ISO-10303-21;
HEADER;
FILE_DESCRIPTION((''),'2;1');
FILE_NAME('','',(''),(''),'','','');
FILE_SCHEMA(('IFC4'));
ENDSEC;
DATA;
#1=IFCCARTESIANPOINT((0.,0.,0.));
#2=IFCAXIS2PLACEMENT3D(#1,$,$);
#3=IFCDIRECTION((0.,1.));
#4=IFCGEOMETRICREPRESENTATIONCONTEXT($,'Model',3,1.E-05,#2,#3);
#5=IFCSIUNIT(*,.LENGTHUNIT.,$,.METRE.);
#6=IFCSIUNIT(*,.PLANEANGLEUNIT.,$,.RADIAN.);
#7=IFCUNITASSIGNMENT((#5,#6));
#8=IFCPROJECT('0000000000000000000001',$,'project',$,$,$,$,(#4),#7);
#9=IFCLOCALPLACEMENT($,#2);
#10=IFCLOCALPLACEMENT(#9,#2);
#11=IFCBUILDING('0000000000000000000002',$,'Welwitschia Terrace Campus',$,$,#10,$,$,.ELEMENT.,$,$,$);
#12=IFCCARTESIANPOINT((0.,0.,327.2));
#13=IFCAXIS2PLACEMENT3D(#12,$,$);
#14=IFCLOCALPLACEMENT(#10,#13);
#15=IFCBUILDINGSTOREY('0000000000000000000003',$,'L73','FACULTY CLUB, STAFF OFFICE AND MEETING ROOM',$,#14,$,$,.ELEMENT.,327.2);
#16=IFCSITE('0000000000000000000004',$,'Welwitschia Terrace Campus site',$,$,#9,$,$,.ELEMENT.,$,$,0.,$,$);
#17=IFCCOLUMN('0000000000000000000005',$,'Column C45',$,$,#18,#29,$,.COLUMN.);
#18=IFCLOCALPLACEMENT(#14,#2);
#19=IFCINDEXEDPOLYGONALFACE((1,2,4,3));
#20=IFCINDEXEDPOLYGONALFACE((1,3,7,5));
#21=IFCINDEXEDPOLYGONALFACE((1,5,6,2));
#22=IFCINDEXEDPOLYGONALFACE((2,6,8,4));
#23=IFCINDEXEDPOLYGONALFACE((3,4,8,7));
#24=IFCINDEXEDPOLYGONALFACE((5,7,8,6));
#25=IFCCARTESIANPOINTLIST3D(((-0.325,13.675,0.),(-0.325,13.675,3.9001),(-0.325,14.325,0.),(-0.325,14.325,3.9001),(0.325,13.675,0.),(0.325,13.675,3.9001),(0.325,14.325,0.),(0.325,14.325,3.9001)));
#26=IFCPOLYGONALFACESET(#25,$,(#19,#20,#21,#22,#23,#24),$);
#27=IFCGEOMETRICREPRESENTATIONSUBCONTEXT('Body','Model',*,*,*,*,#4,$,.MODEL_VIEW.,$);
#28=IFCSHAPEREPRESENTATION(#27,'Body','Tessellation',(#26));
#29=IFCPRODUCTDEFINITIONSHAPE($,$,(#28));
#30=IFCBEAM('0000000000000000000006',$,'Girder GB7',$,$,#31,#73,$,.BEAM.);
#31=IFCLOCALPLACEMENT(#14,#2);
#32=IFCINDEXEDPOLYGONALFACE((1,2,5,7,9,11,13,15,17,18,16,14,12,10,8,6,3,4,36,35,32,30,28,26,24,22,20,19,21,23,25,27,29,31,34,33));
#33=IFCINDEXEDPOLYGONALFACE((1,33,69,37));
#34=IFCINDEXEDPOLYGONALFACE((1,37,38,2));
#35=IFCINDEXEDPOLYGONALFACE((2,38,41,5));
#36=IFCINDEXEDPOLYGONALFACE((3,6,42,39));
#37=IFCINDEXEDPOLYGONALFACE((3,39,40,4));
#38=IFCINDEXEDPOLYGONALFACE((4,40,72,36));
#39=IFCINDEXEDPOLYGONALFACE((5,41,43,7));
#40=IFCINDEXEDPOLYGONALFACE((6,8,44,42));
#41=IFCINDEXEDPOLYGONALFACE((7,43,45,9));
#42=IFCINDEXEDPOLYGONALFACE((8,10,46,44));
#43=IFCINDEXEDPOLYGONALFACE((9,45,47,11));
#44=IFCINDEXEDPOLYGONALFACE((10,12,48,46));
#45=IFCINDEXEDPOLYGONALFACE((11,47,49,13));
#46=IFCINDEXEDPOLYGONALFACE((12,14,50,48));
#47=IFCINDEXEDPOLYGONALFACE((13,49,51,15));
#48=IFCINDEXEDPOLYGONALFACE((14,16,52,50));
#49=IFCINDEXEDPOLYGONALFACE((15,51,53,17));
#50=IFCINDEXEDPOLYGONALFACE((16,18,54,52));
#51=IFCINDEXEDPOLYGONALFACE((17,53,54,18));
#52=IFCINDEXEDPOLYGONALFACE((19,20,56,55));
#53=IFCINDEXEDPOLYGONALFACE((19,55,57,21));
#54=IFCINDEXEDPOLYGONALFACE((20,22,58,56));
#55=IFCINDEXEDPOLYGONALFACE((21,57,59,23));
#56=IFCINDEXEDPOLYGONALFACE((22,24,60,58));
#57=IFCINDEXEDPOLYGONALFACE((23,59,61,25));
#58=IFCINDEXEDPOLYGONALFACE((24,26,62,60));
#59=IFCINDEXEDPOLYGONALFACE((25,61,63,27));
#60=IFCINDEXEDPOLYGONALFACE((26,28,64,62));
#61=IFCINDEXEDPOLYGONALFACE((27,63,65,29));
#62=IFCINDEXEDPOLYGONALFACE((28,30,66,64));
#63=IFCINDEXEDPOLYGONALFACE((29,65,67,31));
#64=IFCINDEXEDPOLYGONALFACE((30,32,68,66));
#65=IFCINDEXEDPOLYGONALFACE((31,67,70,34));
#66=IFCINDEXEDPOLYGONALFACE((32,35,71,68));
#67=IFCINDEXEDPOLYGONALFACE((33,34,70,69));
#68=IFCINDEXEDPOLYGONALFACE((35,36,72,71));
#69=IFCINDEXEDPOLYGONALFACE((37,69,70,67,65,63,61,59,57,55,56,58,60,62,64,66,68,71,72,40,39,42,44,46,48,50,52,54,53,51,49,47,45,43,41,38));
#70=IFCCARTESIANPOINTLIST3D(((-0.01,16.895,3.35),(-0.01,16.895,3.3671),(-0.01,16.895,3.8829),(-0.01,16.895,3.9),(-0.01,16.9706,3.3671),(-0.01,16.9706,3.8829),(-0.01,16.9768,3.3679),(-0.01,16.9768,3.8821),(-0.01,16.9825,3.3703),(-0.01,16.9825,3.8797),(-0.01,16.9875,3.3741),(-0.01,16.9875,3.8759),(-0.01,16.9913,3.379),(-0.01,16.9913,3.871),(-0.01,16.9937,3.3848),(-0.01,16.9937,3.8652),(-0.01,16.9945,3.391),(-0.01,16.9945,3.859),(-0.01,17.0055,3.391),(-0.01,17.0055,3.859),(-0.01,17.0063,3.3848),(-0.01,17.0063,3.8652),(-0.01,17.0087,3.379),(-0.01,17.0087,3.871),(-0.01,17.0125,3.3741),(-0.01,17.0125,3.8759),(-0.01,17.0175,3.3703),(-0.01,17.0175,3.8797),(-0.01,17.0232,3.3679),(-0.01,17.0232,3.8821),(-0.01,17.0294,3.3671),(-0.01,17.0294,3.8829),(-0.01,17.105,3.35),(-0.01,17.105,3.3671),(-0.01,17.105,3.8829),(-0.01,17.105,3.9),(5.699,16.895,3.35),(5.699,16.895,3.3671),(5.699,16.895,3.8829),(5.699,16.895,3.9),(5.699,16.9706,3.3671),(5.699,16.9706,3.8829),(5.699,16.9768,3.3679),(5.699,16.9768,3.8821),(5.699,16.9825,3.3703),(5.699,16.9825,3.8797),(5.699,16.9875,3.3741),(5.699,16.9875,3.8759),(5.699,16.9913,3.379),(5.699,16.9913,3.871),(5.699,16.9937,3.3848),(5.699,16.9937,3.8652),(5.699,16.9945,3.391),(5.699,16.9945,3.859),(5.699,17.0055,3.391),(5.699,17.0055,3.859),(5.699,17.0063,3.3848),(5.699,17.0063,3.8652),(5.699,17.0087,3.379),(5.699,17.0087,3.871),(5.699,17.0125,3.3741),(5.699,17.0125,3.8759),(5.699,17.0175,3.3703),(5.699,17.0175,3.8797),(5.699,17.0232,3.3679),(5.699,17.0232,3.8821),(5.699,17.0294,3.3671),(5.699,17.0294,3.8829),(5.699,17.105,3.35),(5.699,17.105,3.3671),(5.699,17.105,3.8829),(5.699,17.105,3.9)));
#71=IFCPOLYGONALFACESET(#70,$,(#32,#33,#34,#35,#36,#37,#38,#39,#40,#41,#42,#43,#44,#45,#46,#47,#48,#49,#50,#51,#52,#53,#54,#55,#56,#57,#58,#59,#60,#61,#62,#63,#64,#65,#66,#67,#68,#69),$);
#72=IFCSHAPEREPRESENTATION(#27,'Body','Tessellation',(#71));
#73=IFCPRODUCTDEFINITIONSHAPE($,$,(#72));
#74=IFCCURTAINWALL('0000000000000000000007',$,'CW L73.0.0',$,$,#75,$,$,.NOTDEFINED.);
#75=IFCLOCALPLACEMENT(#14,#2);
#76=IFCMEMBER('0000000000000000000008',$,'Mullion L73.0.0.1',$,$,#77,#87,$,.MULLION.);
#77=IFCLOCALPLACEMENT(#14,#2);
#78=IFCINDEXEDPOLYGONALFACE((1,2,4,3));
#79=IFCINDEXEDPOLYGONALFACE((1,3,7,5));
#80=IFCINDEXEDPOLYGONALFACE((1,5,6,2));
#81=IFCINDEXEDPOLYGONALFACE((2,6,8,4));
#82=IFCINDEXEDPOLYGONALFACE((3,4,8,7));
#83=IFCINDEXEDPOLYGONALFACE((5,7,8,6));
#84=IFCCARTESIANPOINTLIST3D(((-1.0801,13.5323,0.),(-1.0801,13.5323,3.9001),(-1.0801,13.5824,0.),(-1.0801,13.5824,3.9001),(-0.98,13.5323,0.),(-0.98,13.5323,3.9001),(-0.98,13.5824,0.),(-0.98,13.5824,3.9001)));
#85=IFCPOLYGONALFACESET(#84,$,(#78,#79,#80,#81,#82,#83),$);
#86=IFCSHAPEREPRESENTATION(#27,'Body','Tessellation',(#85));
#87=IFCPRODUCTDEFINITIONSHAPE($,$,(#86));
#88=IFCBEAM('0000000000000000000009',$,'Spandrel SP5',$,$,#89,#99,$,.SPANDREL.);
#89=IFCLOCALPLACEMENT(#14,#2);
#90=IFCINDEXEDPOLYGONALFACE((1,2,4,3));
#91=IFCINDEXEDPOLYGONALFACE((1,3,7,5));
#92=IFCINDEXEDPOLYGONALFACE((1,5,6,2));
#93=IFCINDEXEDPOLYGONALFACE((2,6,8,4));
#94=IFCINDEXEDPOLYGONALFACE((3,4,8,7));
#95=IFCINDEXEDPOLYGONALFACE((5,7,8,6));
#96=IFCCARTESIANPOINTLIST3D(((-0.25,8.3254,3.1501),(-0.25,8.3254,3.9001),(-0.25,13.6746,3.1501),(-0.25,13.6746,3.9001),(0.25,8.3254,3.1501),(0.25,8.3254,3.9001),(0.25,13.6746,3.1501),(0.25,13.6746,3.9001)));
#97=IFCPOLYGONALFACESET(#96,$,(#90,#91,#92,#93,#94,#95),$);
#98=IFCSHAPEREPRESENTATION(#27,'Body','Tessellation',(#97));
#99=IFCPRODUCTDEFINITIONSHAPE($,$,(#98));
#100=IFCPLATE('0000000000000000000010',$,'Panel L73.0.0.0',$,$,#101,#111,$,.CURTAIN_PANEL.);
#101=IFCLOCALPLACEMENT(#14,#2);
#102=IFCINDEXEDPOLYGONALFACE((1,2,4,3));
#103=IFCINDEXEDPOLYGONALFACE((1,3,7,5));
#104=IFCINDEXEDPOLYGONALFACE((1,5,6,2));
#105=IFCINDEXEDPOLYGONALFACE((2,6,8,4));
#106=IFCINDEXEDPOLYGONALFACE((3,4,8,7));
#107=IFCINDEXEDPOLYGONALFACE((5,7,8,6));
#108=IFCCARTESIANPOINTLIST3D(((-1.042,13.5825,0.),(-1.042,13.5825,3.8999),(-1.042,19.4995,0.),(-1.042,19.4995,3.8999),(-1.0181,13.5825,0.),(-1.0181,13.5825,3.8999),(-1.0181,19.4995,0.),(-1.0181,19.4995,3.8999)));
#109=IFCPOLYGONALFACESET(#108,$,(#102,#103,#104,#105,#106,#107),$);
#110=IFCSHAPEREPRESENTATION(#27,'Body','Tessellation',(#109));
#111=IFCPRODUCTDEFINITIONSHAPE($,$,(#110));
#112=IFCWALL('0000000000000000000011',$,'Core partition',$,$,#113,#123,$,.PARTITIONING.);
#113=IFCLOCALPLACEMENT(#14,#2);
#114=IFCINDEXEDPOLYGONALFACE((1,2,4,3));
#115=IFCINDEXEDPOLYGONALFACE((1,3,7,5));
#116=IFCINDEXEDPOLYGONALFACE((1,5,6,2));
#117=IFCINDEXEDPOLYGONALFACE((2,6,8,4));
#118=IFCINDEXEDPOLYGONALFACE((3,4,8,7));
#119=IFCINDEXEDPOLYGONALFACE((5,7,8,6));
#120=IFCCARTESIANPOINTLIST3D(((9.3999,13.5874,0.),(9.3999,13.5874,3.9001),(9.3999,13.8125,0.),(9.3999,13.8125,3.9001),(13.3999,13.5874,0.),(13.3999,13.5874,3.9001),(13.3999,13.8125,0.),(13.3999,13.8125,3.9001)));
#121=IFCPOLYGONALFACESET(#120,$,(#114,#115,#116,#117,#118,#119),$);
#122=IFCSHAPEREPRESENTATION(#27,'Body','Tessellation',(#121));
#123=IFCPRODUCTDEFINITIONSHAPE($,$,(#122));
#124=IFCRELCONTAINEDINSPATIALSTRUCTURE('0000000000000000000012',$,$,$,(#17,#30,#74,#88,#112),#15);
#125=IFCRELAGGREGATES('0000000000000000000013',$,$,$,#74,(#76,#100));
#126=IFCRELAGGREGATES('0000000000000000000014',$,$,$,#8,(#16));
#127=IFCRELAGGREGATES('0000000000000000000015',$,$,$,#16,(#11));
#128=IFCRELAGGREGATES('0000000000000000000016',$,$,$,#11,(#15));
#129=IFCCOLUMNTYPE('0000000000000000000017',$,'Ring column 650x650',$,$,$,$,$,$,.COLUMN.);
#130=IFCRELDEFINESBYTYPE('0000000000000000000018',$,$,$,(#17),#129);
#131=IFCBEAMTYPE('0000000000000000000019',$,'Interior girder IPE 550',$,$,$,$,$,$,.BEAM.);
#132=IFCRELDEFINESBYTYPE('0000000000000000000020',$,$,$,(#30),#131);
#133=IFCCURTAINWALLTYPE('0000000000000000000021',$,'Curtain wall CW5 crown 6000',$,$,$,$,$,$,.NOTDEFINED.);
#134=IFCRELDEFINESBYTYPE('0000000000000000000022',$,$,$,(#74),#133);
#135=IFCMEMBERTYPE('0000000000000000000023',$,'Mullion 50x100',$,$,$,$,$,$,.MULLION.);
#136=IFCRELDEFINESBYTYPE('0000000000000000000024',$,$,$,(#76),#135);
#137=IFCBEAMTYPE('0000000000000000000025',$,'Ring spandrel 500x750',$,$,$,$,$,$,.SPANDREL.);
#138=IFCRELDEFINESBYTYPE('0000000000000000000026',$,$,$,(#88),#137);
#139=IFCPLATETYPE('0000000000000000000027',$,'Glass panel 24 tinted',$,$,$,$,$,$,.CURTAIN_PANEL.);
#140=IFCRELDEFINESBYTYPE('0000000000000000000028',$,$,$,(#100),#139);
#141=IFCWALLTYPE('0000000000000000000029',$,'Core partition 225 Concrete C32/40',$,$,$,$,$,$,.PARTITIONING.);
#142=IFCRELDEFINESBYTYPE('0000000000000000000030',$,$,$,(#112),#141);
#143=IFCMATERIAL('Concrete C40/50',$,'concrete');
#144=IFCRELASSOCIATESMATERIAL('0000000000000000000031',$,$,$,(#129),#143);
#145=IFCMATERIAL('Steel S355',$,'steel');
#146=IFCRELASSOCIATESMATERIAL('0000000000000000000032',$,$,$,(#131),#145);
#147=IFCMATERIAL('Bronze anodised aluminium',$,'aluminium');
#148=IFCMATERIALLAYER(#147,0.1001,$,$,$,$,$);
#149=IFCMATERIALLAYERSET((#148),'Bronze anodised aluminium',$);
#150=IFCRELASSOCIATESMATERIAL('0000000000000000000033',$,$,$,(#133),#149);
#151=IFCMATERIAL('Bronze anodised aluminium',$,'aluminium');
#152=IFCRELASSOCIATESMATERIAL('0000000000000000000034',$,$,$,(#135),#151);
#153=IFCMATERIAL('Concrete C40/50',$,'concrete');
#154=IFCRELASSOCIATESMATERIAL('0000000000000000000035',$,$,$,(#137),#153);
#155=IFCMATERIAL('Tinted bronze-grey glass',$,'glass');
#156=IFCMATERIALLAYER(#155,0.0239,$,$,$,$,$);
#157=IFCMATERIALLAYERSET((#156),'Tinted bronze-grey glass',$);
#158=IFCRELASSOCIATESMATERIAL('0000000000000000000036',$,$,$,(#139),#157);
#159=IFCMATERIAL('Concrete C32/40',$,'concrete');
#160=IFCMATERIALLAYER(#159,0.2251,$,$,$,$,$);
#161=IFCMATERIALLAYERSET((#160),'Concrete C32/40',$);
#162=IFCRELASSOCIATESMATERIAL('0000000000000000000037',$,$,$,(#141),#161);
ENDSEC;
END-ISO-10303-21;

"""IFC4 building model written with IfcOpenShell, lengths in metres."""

from ifc_helpers import new_model, si_unit, direction, frame, frame_2d, origin, origin_2d, place, context, subcontext, project, spatial, rectangle, i_section, extrude, material, layer, layer_set, material_profile, profile_set, type_object, element, aggregate, save


model = new_model("IFC4")

# Units and contexts
model_context = context("Model", 3, precision=1e-05, world=origin(), true_north=direction((0.0, 1.0)))
body_context = subcontext(model_context, "Body", "Model", "MODEL_VIEW")
ifc_project = project(units=[si_unit("LENGTHUNIT", "METRE"), si_unit("PLANEANGLEUNIT", "RADIAN")], contexts=[model_context])

# Site, building, storey
site_placement = place(None, origin())
site = spatial("IfcSite", under=ifc_project, at=site_placement, Name="Welwitschia Terrace Campus site", CompositionType="ELEMENT", RefElevation=0.0)
building_placement = place(site_placement, origin())
building = spatial("IfcBuilding", under=site, at=building_placement, Name="Welwitschia Terrace Campus", CompositionType="ELEMENT")
storey_placement = place(building_placement, frame((0.0, 0.0, 327.2)))
storey = spatial("IfcBuildingStorey", under=building, at=storey_placement, Name="L73", Description="FACULTY CLUB, STAFF OFFICE AND MEETING ROOM", CompositionType="ELEMENT", Elevation=327.2)

# Column
ifc_material_1 = material(Name="Concrete C40/50", Category="concrete")
ifc_material_profile_1 = material_profile(ifc_material_1, rectangle(XDim=0.6499, YDim=0.6499, at=origin_2d()))
ifc_profile_set_1 = profile_set([ifc_material_profile_1], Name="Concrete C40/50")
column_type = type_object("IfcColumnType", Name="Ring column 650x650", PredefinedType="COLUMN", material=ifc_profile_set_1)
column_placement = place(storey_placement, frame((0.0, 14.0, 0.0), z_axis=(0.0, 0.0, 1.0), x_axis=(1.0, 0.0, 0.0)))
element("IfcColumn", 1, at=column_placement, inside=storey, type_object=column_type, Name="Column C45", PredefinedType="COLUMN", context=body_context, shape_type="SweptSolid", body=[
    extrude(rectangle(XDim=0.6499, YDim=0.6499, at=origin_2d()), origin(), (0.0, 0.0, 1.0), 3.9001),
])

# Beam
ifc_material_2 = material(Name="Steel S355", Category="steel")
ifc_material_profile_2 = material_profile(ifc_material_2, i_section(OverallWidth=0.21, OverallDepth=0.55, WebThickness=0.011, FlangeThickness=0.0171, FilletRadius=0.0239, at=origin_2d()))
ifc_profile_set_2 = profile_set([ifc_material_profile_2], Name="Steel S355")
beam_type_1 = type_object("IfcBeamType", Name="Interior girder IPE 550", PredefinedType="BEAM", material=ifc_profile_set_2)
beam_1_placement = place(storey_placement, frame((-0.01, 17.0, 3.625), z_axis=(1.0, 0.0, 0.0), x_axis=(0.0, 1.0, 0.0)))
element("IfcBeam", 2, at=beam_1_placement, inside=storey, type_object=beam_type_1, Name="Girder GB7", PredefinedType="BEAM", context=body_context, shape_type="SweptSolid", body=[
    extrude(i_section(OverallWidth=0.21, OverallDepth=0.55, WebThickness=0.011, FlangeThickness=0.0171, FilletRadius=0.0239, at=origin_2d()), origin(), (0.0, 0.0, 1.0), 5.709),
])

# Curtain wall, member
ifc_material_3 = material(Name="Bronze anodised aluminium", Category="aluminium")
ifc_layer_1 = layer(ifc_material_3, 0.1001)
ifc_layer_set_1 = layer_set([ifc_layer_1], Name="Bronze anodised aluminium")
curtain_wall_type = type_object("IfcCurtainWallType", Name="Curtain wall CW5 crown 6000", PredefinedType="NOTDEFINED", material=ifc_layer_set_1)
curtain_wall_placement = place(storey_placement, origin())
curtain_wall = element("IfcCurtainWall", 3, at=curtain_wall_placement, inside=storey, type_object=curtain_wall_type, Name="CW L73.0.0", PredefinedType="NOTDEFINED")
ifc_material_4 = material(Name="Bronze anodised aluminium", Category="aluminium")
ifc_material_profile_3 = material_profile(ifc_material_4, rectangle(XDim=0.1001, YDim=0.05, at=origin_2d()))
ifc_profile_set_3 = profile_set([ifc_material_profile_3], Name="Bronze anodised aluminium")
member_type = type_object("IfcMemberType", Name="Mullion 50x100", PredefinedType="MULLION", material=ifc_profile_set_3)
member_placement = place(storey_placement, frame((-1.03, 13.5574, 0.0), z_axis=(0.0, 0.0, 1.0), x_axis=(1.0, 0.0, 0.0)))
member = element("IfcMember", 4, at=member_placement, type_object=member_type, Name="Mullion L73.0.0.1", PredefinedType="MULLION", context=body_context, shape_type="SweptSolid", body=[
    extrude(rectangle(XDim=0.1001, YDim=0.05, at=origin_2d()), origin(), (0.0, 0.0, 1.0), 3.9001),
])

# Beam
ifc_material_5 = material(Name="Concrete C40/50", Category="concrete")
ifc_material_profile_4 = material_profile(ifc_material_5, rectangle(XDim=0.5, YDim=0.75, at=origin_2d()))
ifc_profile_set_4 = profile_set([ifc_material_profile_4], Name="Concrete C40/50")
beam_type_2 = type_object("IfcBeamType", Name="Ring spandrel 500x750", PredefinedType="SPANDREL", material=ifc_profile_set_4)
beam_2_placement = place(storey_placement, frame((0.0, 13.6746, 3.5251), z_axis=(0.0, -1.0, 0.0), x_axis=(1.0, 0.0, 0.0)))
element("IfcBeam", 5, at=beam_2_placement, inside=storey, type_object=beam_type_2, Name="Spandrel SP5", PredefinedType="SPANDREL", context=body_context, shape_type="SweptSolid", body=[
    extrude(rectangle(XDim=0.5, YDim=0.75, at=origin_2d()), origin(), (0.0, 0.0, 1.0), 5.3491),
])

# Plate
ifc_material_6 = material(Name="Tinted bronze-grey glass", Category="glass")
ifc_layer_2 = layer(ifc_material_6, 0.0239)
ifc_layer_set_2 = layer_set([ifc_layer_2], Name="Tinted bronze-grey glass")
plate_type = type_object("IfcPlateType", Name="Glass panel 24 tinted", PredefinedType="CURTAIN_PANEL", material=ifc_layer_set_2)
plate_placement = place(storey_placement, frame((-1.03, 16.541, 0.0), z_axis=(0.0, 0.0, 1.0), x_axis=(0.0, -1.0, 0.0)))
plate = element("IfcPlate", 6, at=plate_placement, type_object=plate_type, Name="Panel L73.0.0.0", PredefinedType="CURTAIN_PANEL", context=body_context, shape_type="SweptSolid", body=[
    extrude(rectangle(XDim=5.917, YDim=0.0239, at=origin_2d()), origin(), (0.0, 0.0, 1.0), 3.8999),
])
aggregate(curtain_wall, [member, plate])

# Wall
ifc_material_7 = material(Name="Concrete C32/40", Category="concrete")
ifc_layer_3 = layer(ifc_material_7, 0.2251)
ifc_layer_set_3 = layer_set([ifc_layer_3], Name="Concrete C32/40")
wall_type_1 = type_object("IfcWallType", Name="Core partition 225 Concrete C32/40", PredefinedType="PARTITIONING", material=ifc_layer_set_3)
wall_1_placement = place(storey_placement, frame((9.3999, 13.7, 0.0), z_axis=(0.0, 0.0, 1.0), x_axis=(1.0, 0.0, 0.0)))
element("IfcWall", 7, at=wall_1_placement, inside=storey, type_object=wall_type_1, Name="Core partition", PredefinedType="PARTITIONING", context=body_context, shape_type="SweptSolid", body=[
    extrude(rectangle(XDim=4.0, YDim=0.2251, at=frame_2d((2.0, 0.0))), origin(), (0.0, 0.0, 1.0), 3.9001),
])

save(model, "model.ifc")
